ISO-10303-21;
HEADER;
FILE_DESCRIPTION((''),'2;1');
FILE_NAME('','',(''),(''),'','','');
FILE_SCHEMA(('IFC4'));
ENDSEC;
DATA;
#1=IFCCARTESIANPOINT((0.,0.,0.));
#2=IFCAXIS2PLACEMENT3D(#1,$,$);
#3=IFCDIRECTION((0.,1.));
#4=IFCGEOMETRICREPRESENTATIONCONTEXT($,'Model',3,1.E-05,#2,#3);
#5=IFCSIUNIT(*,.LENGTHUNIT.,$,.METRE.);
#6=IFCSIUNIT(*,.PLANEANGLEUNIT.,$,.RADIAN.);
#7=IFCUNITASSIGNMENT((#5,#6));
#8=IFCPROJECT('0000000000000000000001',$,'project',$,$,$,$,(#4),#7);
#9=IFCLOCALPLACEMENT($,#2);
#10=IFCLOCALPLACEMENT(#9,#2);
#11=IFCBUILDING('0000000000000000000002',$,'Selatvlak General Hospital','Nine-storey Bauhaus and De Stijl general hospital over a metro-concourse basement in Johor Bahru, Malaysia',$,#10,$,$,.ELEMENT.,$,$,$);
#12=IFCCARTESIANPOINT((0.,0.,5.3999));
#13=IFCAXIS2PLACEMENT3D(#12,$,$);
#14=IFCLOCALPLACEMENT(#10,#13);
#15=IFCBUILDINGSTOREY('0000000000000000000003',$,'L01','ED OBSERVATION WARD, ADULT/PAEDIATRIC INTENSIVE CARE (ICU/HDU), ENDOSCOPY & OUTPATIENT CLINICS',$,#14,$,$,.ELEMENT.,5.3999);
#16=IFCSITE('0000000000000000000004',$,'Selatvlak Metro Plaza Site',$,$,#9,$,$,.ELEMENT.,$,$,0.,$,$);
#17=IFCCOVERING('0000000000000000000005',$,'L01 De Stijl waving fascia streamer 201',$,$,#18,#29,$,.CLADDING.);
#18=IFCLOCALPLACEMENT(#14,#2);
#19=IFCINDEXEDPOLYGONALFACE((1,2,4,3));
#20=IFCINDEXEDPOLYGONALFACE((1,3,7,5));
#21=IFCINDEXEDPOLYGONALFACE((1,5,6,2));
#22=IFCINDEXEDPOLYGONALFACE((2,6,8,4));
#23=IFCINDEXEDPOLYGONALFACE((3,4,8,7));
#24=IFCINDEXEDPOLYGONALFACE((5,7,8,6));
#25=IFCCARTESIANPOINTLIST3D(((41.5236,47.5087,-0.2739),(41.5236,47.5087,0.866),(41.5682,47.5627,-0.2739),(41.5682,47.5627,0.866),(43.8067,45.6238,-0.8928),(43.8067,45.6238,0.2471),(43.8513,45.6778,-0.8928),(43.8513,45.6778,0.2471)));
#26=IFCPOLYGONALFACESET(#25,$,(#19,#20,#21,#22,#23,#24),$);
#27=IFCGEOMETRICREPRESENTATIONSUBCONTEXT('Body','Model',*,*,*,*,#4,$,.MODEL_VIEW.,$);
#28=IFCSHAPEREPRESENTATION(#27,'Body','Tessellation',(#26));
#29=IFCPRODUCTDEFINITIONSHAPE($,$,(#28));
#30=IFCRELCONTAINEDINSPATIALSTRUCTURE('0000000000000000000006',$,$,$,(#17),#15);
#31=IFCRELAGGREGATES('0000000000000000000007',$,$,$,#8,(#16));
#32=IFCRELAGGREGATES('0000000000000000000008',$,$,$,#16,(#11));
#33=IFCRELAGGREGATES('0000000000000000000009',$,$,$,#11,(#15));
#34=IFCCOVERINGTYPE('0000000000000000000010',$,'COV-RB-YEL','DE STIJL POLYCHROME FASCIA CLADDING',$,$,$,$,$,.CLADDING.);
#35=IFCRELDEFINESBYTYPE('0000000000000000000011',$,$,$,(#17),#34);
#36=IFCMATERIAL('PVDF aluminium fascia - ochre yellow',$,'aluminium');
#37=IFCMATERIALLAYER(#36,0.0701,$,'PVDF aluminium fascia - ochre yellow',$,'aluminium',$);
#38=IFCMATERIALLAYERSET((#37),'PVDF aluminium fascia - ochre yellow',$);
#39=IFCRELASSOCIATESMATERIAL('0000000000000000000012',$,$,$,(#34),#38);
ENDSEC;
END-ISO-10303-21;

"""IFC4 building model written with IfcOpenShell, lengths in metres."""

from ifc_helpers import new_model, si_unit, direction, frame, origin, place, context, subcontext, project, spatial, polyline, outline, extrude, material, layer, layer_set, type_object, element, save


model = new_model("IFC4")

# Units and contexts
model_context = context("Model", 3, precision=1e-05, world=origin(), true_north=direction((0.0, 1.0)))
body_context = subcontext(model_context, "Body", "Model", "MODEL_VIEW")
ifc_project = project(units=[si_unit("LENGTHUNIT", "METRE"), si_unit("PLANEANGLEUNIT", "RADIAN")], contexts=[model_context])

# Site, building, storey
site_placement = place(None, origin())
site = spatial("IfcSite", under=ifc_project, at=site_placement, Name="Selatvlak Metro Plaza Site", CompositionType="ELEMENT", RefElevation=0.0)
building_placement = place(site_placement, origin())
building = spatial("IfcBuilding", under=site, at=building_placement, Name="Selatvlak General Hospital", Description="Nine-storey Bauhaus and De Stijl general hospital over a metro-concourse basement in Johor Bahru, Malaysia", CompositionType="ELEMENT")
storey_placement = place(building_placement, frame((0.0, 0.0, 5.3999)))
storey = spatial("IfcBuildingStorey", under=building, at=storey_placement, Name="L01", Description="ED OBSERVATION WARD, ADULT/PAEDIATRIC INTENSIVE CARE (ICU/HDU), ENDOSCOPY & OUTPATIENT CLINICS", CompositionType="ELEMENT", Elevation=5.3999)

# Covering
ifc_material_1 = material(Name="PVDF aluminium fascia - ochre yellow", Category="aluminium")
ifc_layer_1 = layer(ifc_material_1, 0.0701, Name="PVDF aluminium fascia - ochre yellow", Category="aluminium")
ifc_layer_set_1 = layer_set([ifc_layer_1], Name="PVDF aluminium fascia - ochre yellow")
covering_type = type_object("IfcCoveringType", Name="COV-RB-YEL", Description="DE STIJL POLYCHROME FASCIA CLADDING", PredefinedType="CLADDING", material=ifc_layer_set_1)
covering_1_placement = place(storey_placement, frame((43.8291, 45.6509, -0.8928), z_axis=(0.0, 0.0, 1.0), x_axis=(-0.771147, 0.636658, 0.0)))
element("IfcCovering", 1, at=covering_1_placement, inside=storey, type_object=covering_type, Name="L01 De Stijl waving fascia streamer 201", PredefinedType="CLADDING", context=body_context, shape_type="SweptSolid", body=[
    extrude(outline(polyline([(0.0, 0.0), (2.9607, 0.6189), (2.9607, 1.7588), (0.0, 1.1399), (0.0, 0.0)])), frame((0.0, 0.0352, 0.0), z_axis=(0.0, -1.0, 0.0), x_axis=(1.0, 0.0, 0.0)), (0.0, 0.0, 1.0), 0.0701),
])

save(model, "model.ifc")
